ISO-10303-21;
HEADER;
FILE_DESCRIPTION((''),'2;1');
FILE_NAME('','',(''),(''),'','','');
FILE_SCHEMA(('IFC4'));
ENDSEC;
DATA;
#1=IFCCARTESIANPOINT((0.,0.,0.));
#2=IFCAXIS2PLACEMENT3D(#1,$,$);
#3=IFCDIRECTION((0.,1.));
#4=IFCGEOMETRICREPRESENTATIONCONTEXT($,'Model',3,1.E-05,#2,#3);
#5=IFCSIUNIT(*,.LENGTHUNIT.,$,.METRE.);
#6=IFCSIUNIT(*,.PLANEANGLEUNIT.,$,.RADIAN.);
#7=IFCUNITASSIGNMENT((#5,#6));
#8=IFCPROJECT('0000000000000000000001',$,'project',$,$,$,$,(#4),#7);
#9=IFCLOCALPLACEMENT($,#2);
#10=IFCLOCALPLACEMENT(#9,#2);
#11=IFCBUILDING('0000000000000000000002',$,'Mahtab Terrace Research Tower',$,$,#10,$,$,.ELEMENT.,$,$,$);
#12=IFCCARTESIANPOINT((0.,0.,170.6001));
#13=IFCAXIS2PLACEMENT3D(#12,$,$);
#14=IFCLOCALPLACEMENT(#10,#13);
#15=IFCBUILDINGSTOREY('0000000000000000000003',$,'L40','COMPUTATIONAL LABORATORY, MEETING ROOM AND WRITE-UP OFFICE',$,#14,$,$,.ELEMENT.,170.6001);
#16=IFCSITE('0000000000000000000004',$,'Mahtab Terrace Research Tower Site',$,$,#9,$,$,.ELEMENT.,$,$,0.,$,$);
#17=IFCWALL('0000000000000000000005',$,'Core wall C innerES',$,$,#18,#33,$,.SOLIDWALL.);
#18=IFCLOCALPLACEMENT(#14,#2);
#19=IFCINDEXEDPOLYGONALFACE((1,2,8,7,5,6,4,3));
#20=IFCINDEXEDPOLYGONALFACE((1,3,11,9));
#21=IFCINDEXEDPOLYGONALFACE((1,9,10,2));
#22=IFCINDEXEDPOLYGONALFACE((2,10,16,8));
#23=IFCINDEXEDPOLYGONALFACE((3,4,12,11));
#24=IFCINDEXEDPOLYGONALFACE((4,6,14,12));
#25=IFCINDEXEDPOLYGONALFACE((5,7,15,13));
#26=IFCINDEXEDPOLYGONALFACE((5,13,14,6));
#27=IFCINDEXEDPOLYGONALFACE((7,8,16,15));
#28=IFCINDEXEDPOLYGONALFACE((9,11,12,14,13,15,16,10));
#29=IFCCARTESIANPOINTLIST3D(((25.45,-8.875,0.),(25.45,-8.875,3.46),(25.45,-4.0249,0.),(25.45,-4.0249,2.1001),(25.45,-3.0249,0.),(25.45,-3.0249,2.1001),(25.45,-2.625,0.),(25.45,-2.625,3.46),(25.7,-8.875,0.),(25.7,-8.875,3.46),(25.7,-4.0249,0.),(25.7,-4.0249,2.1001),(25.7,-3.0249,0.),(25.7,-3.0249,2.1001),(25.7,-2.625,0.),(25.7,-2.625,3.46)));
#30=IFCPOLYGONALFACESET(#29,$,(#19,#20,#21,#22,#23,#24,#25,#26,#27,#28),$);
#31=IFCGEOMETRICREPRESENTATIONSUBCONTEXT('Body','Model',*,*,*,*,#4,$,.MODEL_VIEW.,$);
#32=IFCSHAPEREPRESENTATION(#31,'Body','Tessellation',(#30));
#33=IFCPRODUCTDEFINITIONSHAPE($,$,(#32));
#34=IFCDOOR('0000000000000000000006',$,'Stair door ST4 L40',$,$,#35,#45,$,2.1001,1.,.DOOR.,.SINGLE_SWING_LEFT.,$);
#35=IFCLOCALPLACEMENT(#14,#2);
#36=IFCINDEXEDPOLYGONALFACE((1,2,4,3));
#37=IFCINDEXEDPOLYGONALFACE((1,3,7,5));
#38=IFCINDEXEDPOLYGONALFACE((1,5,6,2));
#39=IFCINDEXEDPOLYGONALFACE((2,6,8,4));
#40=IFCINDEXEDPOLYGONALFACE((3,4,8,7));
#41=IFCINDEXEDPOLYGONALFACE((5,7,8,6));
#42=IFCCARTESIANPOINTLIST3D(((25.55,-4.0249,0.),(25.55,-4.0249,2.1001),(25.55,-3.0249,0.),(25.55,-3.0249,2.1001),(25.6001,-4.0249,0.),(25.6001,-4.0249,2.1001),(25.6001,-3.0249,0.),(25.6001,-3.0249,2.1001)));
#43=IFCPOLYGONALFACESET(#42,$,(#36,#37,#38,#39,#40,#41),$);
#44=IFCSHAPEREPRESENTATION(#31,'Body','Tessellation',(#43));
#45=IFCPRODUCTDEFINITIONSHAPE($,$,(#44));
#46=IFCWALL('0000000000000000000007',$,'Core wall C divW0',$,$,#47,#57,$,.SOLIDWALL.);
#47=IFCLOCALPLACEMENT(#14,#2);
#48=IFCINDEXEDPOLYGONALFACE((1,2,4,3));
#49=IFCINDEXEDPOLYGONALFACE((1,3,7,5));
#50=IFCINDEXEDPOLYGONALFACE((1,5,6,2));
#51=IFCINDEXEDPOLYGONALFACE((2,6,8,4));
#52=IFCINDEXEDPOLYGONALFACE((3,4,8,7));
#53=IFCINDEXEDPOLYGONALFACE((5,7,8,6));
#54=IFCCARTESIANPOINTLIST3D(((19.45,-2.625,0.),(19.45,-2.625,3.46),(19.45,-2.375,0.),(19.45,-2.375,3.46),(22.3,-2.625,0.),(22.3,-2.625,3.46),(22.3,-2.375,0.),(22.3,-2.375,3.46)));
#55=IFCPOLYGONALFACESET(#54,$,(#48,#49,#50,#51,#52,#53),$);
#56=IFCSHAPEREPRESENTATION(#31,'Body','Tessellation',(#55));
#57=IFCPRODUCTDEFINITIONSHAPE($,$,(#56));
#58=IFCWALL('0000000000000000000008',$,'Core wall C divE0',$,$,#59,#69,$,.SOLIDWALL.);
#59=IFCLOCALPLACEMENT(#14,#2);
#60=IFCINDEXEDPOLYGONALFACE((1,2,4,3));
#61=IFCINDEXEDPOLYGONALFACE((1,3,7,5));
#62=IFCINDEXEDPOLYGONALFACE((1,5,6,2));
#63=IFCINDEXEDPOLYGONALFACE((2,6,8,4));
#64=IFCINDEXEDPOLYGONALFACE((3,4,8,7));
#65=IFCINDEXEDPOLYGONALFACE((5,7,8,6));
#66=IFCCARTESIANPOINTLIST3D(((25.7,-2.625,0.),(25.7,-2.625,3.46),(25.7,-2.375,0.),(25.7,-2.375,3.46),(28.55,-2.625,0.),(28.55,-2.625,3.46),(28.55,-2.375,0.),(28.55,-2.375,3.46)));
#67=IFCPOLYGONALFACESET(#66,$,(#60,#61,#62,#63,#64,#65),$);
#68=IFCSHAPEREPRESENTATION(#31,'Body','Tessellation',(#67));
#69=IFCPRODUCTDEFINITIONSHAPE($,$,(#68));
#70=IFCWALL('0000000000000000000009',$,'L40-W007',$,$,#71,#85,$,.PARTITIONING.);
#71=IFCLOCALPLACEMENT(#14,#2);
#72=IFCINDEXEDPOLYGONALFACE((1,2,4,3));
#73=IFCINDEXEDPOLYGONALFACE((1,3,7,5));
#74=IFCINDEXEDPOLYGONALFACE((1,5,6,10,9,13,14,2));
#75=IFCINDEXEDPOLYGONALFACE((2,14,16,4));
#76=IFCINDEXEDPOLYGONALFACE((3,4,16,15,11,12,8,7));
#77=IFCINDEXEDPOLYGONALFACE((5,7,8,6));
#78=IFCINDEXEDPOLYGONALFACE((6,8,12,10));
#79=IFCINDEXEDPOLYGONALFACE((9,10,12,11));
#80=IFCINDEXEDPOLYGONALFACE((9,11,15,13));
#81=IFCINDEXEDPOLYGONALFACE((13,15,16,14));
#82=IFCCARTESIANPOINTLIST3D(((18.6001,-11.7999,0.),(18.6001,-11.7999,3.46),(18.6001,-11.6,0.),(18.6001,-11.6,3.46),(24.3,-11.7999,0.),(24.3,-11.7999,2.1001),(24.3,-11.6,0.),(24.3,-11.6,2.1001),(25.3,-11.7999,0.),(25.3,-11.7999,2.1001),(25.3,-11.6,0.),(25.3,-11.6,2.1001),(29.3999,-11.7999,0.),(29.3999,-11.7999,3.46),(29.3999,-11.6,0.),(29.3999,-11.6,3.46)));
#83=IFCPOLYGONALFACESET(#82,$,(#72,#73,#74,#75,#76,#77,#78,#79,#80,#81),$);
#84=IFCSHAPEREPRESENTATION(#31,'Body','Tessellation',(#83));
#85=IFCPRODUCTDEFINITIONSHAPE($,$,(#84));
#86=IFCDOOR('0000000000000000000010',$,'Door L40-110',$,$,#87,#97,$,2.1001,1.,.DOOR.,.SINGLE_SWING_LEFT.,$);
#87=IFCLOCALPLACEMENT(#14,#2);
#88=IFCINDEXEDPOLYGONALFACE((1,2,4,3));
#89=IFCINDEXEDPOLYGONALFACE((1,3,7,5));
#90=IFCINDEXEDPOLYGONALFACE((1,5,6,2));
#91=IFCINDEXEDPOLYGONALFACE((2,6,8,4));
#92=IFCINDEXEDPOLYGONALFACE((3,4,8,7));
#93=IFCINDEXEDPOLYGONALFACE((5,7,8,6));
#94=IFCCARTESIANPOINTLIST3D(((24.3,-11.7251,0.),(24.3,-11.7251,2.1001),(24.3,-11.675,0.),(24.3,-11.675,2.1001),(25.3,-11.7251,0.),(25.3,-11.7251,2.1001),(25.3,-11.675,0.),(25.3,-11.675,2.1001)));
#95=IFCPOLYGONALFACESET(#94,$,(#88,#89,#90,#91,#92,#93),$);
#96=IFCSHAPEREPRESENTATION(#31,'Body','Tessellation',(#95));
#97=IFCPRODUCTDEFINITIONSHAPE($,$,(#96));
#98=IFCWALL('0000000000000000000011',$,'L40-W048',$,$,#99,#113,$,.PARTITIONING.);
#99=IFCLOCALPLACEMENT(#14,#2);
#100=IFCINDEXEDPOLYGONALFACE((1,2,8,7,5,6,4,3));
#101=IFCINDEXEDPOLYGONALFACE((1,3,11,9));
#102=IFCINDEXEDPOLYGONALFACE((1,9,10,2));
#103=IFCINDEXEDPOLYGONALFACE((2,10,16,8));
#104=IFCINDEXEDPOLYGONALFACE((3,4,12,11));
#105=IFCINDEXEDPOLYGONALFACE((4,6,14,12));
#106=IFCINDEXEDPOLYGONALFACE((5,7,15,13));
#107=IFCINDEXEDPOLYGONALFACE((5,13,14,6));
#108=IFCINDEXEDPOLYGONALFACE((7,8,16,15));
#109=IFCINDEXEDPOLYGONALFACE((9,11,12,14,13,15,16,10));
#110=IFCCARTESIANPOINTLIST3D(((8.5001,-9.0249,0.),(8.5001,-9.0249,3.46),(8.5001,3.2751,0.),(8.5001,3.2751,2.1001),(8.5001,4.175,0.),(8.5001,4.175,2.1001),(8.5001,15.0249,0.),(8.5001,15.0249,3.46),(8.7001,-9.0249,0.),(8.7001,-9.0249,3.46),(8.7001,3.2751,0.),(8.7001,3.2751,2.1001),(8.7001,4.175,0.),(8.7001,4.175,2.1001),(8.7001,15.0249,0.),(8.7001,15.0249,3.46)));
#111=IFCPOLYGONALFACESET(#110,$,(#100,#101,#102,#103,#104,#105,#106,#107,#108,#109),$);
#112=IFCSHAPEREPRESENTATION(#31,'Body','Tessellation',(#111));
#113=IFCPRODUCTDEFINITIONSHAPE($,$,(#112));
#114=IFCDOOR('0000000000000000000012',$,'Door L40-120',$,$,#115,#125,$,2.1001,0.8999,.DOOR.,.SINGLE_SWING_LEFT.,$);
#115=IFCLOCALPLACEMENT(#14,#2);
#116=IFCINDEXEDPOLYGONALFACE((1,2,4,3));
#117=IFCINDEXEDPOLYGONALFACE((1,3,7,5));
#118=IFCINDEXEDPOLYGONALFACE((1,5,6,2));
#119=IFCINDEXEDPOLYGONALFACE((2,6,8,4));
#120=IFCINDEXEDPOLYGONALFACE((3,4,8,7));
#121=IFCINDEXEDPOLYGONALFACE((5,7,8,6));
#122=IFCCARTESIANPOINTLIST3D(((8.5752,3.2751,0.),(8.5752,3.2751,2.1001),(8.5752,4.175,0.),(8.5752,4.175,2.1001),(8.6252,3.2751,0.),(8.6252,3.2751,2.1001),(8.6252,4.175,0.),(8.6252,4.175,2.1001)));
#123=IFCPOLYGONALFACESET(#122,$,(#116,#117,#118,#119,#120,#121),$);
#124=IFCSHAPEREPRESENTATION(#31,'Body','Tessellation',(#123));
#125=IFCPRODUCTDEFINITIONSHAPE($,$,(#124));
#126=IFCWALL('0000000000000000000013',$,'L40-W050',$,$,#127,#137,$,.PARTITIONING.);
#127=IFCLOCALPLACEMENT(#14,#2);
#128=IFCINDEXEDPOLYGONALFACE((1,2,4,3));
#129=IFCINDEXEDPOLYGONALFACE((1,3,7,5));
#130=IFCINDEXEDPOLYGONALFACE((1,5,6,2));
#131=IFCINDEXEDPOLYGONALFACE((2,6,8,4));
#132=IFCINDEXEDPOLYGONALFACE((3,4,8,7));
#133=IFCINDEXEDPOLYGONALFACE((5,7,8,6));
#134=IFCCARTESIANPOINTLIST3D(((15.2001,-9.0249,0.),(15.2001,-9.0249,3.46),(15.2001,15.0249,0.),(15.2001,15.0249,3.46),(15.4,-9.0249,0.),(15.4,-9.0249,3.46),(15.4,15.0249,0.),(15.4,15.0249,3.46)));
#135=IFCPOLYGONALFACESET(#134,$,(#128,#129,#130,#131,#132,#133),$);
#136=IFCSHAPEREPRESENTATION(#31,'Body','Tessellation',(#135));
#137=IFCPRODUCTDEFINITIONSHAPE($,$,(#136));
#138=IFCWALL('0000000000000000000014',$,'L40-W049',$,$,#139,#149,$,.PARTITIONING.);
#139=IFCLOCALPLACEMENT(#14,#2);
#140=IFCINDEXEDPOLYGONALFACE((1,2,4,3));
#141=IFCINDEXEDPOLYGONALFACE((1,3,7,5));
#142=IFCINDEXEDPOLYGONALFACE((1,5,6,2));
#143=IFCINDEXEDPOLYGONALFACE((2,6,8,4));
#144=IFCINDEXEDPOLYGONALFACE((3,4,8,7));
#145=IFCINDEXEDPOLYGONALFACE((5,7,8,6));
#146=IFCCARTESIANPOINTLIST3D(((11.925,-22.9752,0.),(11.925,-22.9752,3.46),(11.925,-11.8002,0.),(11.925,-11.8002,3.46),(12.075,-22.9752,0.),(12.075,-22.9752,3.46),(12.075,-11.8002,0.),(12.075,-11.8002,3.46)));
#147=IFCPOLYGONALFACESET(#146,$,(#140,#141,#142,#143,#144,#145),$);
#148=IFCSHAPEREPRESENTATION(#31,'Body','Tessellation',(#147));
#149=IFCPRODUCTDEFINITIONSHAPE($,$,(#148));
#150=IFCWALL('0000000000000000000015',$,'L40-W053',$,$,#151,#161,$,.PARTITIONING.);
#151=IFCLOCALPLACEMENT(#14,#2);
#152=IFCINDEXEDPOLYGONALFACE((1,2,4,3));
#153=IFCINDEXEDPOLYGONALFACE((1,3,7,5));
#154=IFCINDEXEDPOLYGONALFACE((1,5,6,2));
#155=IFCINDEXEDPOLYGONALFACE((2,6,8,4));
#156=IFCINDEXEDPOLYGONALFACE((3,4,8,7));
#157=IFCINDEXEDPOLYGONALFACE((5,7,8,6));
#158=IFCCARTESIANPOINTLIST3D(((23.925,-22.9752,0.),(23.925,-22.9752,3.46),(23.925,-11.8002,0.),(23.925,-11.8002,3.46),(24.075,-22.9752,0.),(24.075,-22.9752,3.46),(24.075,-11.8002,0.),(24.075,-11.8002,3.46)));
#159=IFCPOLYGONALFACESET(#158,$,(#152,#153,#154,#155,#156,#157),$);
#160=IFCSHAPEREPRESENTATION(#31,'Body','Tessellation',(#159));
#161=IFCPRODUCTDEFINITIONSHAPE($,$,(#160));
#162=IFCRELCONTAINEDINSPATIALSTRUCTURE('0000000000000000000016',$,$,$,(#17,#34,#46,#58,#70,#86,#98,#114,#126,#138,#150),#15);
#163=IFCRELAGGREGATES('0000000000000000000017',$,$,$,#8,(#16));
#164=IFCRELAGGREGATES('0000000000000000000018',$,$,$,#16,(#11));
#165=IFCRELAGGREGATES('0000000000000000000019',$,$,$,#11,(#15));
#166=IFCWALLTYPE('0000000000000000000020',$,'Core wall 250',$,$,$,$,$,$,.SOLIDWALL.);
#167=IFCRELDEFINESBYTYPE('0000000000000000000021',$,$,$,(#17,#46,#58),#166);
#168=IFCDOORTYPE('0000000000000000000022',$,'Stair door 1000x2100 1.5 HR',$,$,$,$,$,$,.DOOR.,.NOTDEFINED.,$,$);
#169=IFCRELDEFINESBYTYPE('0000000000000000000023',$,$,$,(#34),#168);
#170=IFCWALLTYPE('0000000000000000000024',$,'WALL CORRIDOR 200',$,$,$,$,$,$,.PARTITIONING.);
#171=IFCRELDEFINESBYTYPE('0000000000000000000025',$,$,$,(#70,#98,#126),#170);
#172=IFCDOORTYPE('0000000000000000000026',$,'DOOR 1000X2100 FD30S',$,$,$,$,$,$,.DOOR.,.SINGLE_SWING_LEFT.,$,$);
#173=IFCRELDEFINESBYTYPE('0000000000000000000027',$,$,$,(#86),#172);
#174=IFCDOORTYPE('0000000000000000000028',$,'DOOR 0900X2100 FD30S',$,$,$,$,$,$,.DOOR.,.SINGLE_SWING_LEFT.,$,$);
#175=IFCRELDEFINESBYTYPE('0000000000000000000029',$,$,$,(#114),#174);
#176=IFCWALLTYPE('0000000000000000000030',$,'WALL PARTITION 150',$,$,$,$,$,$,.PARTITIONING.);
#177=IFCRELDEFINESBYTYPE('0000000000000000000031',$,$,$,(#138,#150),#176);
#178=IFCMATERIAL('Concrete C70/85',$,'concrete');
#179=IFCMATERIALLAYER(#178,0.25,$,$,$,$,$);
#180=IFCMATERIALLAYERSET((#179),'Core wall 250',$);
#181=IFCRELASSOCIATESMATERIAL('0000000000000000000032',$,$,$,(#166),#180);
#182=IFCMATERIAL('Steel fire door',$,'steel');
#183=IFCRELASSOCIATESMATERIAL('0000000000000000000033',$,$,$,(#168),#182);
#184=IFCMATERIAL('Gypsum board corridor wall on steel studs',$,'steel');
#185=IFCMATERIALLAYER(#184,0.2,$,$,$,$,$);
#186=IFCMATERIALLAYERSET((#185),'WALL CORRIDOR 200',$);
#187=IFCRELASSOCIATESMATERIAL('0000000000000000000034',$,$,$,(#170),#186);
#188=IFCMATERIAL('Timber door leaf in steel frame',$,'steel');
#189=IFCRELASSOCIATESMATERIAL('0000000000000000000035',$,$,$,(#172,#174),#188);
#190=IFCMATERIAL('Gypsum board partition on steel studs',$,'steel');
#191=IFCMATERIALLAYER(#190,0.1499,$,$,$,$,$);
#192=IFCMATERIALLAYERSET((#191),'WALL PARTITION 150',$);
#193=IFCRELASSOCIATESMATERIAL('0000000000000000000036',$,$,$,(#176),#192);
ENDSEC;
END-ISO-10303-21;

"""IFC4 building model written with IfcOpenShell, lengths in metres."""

from ifc_helpers import new_model, si_unit, direction, frame, frame_2d, origin, place, context, subcontext, project, spatial, rectangle, extrude, material, layer, layer_set, type_object, element, fill, save


model = new_model("IFC4")

# Units and contexts
model_context = context("Model", 3, precision=1e-05, world=origin(), true_north=direction((0.0, 1.0)))
body_context = subcontext(model_context, "Body", "Model", "MODEL_VIEW")
ifc_project = project(units=[si_unit("LENGTHUNIT", "METRE"), si_unit("PLANEANGLEUNIT", "RADIAN")], contexts=[model_context])

# Site, building, storey
site_placement = place(None, origin())
site = spatial("IfcSite", under=ifc_project, at=site_placement, Name="Mahtab Terrace Research Tower Site", CompositionType="ELEMENT", RefElevation=0.0)
building_placement = place(site_placement, origin())
building = spatial("IfcBuilding", under=site, at=building_placement, Name="Mahtab Terrace Research Tower", CompositionType="ELEMENT")
storey_placement = place(building_placement, frame((0.0, 0.0, 170.6001)))
storey = spatial("IfcBuildingStorey", under=building, at=storey_placement, Name="L40", Description="COMPUTATIONAL LABORATORY, MEETING ROOM AND WRITE-UP OFFICE", CompositionType="ELEMENT", Elevation=170.6001)

# Shared definitions
ifc_material_1 = material(Name="Concrete C70/85", Category="concrete")

# Shared definitions
ifc_layer_1 = layer(ifc_material_1, 0.25)
ifc_layer_set_1 = layer_set([ifc_layer_1], Name="Core wall 250")
wall_type_1 = type_object("IfcWallType", Name="Core wall 250", PredefinedType="SOLIDWALL", material=ifc_layer_set_1)
ifc_material_2 = material(Name="Steel fire door", Category="steel")

# Wall, opening, door
wall_1_placement = place(storey_placement, frame((25.575, -8.875, 0.0), z_axis=(0.0, 0.0, 1.0), x_axis=(0.0, 1.0, 0.0)))
wall_1 = element("IfcWall", 1, at=wall_1_placement, inside=storey, type_object=wall_type_1, Name="Core wall C innerES", PredefinedType="SOLIDWALL", context=body_context, shape_type="SweptSolid", body=[
    extrude(rectangle(XDim=6.25, YDim=0.25, at=frame_2d((3.125, 0.0))), origin(), (0.0, 0.0, 1.0), 3.46),
])
opening_1_placement = place(wall_1_placement, frame((4.8501, 0.0, 0.0)))
opening_1 = element("IfcOpeningElement", 2, at=opening_1_placement, cuts=wall_1, PredefinedType="OPENING", context=body_context, shape_type="SweptSolid", body=[
    extrude(rectangle(XDim=1.0, YDim=2.1001, at=frame_2d((0.5, 1.05))), frame((0.0, 0.135, 0.0), z_axis=(0.0, -1.0, 0.0), x_axis=(1.0, 0.0, 0.0)), (0.0, 0.0, 1.0), 0.27),
])
door_type_1 = type_object("IfcDoorType", Name="Stair door 1000x2100 1.5 HR", OperationType="NOTDEFINED", PredefinedType="DOOR", material=ifc_material_2)
door_1_placement = place(opening_1_placement, origin())
door_1 = element("IfcDoor", 3, at=door_1_placement, inside=storey, type_object=door_type_1, Name="Stair door ST4 L40", OperationType="SINGLE_SWING_LEFT", OverallHeight=2.1001, OverallWidth=1.0, PredefinedType="DOOR", context=body_context, shape_type="SweptSolid", body=[
    extrude(rectangle(XDim=1.0, YDim=2.1001, at=frame_2d((0.5, 1.05))), frame((0.0, 0.0249, 0.0), z_axis=(0.0, -1.0, 0.0), x_axis=(1.0, 0.0, 0.0)), (0.0, 0.0, 1.0), 0.05),
])
fill(opening_1, door_1)

# Walls
for number, where, z_axis, x_axis, name in (
    (4, (19.45, -2.5, 0.0), (0.0, 0.0, 1.0), (1.0, 0.0, 0.0), "Core wall C divW0"),
    (5, (25.7, -2.5, 0.0), (0.0, 0.0, 1.0), (1.0, 0.0, 0.0), "Core wall C divE0"),
):
    element("IfcWall", number, at=place(storey_placement, frame(where, z_axis=z_axis, x_axis=x_axis)), inside=storey, type_object=wall_type_1, Name=name, PredefinedType="SOLIDWALL", context=body_context, shape_type="SweptSolid", body=[
        extrude(rectangle(XDim=2.8501, YDim=0.25, at=frame_2d((1.425, 0.0))), origin(), (0.0, 0.0, 1.0), 3.46),
    ])

# Walls, openings, doors
ifc_material_3 = material(Name="Gypsum board corridor wall on steel studs", Category="steel")
ifc_layer_2 = layer(ifc_material_3, 0.2)
ifc_layer_set_2 = layer_set([ifc_layer_2], Name="WALL CORRIDOR 200")
wall_type_2 = type_object("IfcWallType", Name="WALL CORRIDOR 200", PredefinedType="PARTITIONING", material=ifc_layer_set_2)
wall_2_placement = place(storey_placement, frame((18.6001, -11.7, 0.0), z_axis=(0.0, 0.0, 1.0), x_axis=(1.0, 0.0, 0.0)))
wall_2 = element("IfcWall", 6, at=wall_2_placement, inside=storey, type_object=wall_type_2, Name="L40-W007", PredefinedType="PARTITIONING", context=body_context, shape_type="SweptSolid", body=[
    extrude(rectangle(XDim=10.7998, YDim=0.2, at=frame_2d((5.3999, 0.0))), origin(), (0.0, 0.0, 1.0), 3.46),
])
opening_2_placement = place(wall_2_placement, frame((5.7, 0.0, 0.0)))
opening_2 = element("IfcOpeningElement", 7, at=opening_2_placement, cuts=wall_2, PredefinedType="OPENING", context=body_context, shape_type="SweptSolid", body=[
    extrude(rectangle(XDim=1.0, YDim=2.1001, at=frame_2d((0.5, 1.05))), frame((0.0, 0.1099, 0.0), z_axis=(0.0, -1.0, 0.0), x_axis=(1.0, 0.0, 0.0)), (0.0, 0.0, 1.0), 0.22),
])
ifc_material_4 = material(Name="Timber door leaf in steel frame", Category="steel")
door_type_2 = type_object("IfcDoorType", Name="DOOR 1000X2100 FD30S", OperationType="SINGLE_SWING_LEFT", PredefinedType="DOOR", material=ifc_material_4)
door_2_placement = place(opening_2_placement, origin())
door_2 = element("IfcDoor", 8, at=door_2_placement, inside=storey, type_object=door_type_2, Name="Door L40-110", OperationType="SINGLE_SWING_LEFT", OverallHeight=2.1001, OverallWidth=1.0, PredefinedType="DOOR", context=body_context, shape_type="SweptSolid", body=[
    extrude(rectangle(XDim=1.0, YDim=2.1001, at=frame_2d((0.5, 1.05))), frame((0.0, 0.0249, 0.0), z_axis=(0.0, -1.0, 0.0), x_axis=(1.0, 0.0, 0.0)), (0.0, 0.0, 1.0), 0.05),
])
fill(opening_2, door_2)
wall_3_placement = place(storey_placement, frame((8.6001, -9.0249, 0.0), z_axis=(0.0, 0.0, 1.0), x_axis=(0.0, 1.0, 0.0)))
wall_3 = element("IfcWall", 9, at=wall_3_placement, inside=storey, type_object=wall_type_2, Name="L40-W048", PredefinedType="PARTITIONING", context=body_context, shape_type="SweptSolid", body=[
    extrude(rectangle(XDim=24.0498, YDim=0.2, at=frame_2d((12.0249, 0.0))), origin(), (0.0, 0.0, 1.0), 3.46),
])
opening_3_placement = place(wall_3_placement, frame((12.3, 0.0, 0.0)))
opening_3 = element("IfcOpeningElement", 10, at=opening_3_placement, cuts=wall_3, PredefinedType="OPENING", context=body_context, shape_type="SweptSolid", body=[
    extrude(rectangle(XDim=0.8999, YDim=2.1001, at=frame_2d((0.45, 1.05))), frame((0.0, 0.1099, 0.0), z_axis=(0.0, -1.0, 0.0), x_axis=(1.0, 0.0, 0.0)), (0.0, 0.0, 1.0), 0.22),
])
door_type_3 = type_object("IfcDoorType", Name="DOOR 0900X2100 FD30S", OperationType="SINGLE_SWING_LEFT", PredefinedType="DOOR", material=ifc_material_4)
door_3_placement = place(opening_3_placement, origin())
door_3 = element("IfcDoor", 11, at=door_3_placement, inside=storey, type_object=door_type_3, Name="Door L40-120", OperationType="SINGLE_SWING_LEFT", OverallHeight=2.1001, OverallWidth=0.8999, PredefinedType="DOOR", context=body_context, shape_type="SweptSolid", body=[
    extrude(rectangle(XDim=0.8999, YDim=2.1001, at=frame_2d((0.45, 1.05))), frame((0.0, 0.0249, 0.0), z_axis=(0.0, -1.0, 0.0), x_axis=(1.0, 0.0, 0.0)), (0.0, 0.0, 1.0), 0.05),
])
fill(opening_3, door_3)

# Walls
wall_4_placement = place(storey_placement, frame((15.3, -9.0249, 0.0), z_axis=(0.0, 0.0, 1.0), x_axis=(0.0, 1.0, 0.0)))
element("IfcWall", 12, at=wall_4_placement, inside=storey, type_object=wall_type_2, Name="L40-W050", PredefinedType="PARTITIONING", context=body_context, shape_type="SweptSolid", body=[
    extrude(rectangle(XDim=24.0498, YDim=0.2, at=frame_2d((12.0249, 0.0))), origin(), (0.0, 0.0, 1.0), 3.46),
])
ifc_material_5 = material(Name="Gypsum board partition on steel studs", Category="steel")
ifc_layer_3 = layer(ifc_material_5, 0.1499)
ifc_layer_set_3 = layer_set([ifc_layer_3], Name="WALL PARTITION 150")
wall_type_3 = type_object("IfcWallType", Name="WALL PARTITION 150", PredefinedType="PARTITIONING", material=ifc_layer_set_3)
for number, where, z_axis, x_axis, name in (
    (13, (12.0, -22.9751, 0.0), (0.0, 0.0, 1.0), (0.0, 1.0, 0.0), "L40-W049"),
    (14, (24.0, -22.9751, 0.0), (0.0, 0.0, 1.0), (0.0, 1.0, 0.0), "L40-W053"),
):
    element("IfcWall", number, at=place(storey_placement, frame(where, z_axis=z_axis, x_axis=x_axis)), inside=storey, type_object=wall_type_3, Name=name, PredefinedType="PARTITIONING", context=body_context, shape_type="SweptSolid", body=[
        extrude(rectangle(XDim=11.175, YDim=0.1499, at=frame_2d((5.5874, 0.0))), origin(), (0.0, 0.0, 1.0), 3.46),
    ])

save(model, "model.ifc")
